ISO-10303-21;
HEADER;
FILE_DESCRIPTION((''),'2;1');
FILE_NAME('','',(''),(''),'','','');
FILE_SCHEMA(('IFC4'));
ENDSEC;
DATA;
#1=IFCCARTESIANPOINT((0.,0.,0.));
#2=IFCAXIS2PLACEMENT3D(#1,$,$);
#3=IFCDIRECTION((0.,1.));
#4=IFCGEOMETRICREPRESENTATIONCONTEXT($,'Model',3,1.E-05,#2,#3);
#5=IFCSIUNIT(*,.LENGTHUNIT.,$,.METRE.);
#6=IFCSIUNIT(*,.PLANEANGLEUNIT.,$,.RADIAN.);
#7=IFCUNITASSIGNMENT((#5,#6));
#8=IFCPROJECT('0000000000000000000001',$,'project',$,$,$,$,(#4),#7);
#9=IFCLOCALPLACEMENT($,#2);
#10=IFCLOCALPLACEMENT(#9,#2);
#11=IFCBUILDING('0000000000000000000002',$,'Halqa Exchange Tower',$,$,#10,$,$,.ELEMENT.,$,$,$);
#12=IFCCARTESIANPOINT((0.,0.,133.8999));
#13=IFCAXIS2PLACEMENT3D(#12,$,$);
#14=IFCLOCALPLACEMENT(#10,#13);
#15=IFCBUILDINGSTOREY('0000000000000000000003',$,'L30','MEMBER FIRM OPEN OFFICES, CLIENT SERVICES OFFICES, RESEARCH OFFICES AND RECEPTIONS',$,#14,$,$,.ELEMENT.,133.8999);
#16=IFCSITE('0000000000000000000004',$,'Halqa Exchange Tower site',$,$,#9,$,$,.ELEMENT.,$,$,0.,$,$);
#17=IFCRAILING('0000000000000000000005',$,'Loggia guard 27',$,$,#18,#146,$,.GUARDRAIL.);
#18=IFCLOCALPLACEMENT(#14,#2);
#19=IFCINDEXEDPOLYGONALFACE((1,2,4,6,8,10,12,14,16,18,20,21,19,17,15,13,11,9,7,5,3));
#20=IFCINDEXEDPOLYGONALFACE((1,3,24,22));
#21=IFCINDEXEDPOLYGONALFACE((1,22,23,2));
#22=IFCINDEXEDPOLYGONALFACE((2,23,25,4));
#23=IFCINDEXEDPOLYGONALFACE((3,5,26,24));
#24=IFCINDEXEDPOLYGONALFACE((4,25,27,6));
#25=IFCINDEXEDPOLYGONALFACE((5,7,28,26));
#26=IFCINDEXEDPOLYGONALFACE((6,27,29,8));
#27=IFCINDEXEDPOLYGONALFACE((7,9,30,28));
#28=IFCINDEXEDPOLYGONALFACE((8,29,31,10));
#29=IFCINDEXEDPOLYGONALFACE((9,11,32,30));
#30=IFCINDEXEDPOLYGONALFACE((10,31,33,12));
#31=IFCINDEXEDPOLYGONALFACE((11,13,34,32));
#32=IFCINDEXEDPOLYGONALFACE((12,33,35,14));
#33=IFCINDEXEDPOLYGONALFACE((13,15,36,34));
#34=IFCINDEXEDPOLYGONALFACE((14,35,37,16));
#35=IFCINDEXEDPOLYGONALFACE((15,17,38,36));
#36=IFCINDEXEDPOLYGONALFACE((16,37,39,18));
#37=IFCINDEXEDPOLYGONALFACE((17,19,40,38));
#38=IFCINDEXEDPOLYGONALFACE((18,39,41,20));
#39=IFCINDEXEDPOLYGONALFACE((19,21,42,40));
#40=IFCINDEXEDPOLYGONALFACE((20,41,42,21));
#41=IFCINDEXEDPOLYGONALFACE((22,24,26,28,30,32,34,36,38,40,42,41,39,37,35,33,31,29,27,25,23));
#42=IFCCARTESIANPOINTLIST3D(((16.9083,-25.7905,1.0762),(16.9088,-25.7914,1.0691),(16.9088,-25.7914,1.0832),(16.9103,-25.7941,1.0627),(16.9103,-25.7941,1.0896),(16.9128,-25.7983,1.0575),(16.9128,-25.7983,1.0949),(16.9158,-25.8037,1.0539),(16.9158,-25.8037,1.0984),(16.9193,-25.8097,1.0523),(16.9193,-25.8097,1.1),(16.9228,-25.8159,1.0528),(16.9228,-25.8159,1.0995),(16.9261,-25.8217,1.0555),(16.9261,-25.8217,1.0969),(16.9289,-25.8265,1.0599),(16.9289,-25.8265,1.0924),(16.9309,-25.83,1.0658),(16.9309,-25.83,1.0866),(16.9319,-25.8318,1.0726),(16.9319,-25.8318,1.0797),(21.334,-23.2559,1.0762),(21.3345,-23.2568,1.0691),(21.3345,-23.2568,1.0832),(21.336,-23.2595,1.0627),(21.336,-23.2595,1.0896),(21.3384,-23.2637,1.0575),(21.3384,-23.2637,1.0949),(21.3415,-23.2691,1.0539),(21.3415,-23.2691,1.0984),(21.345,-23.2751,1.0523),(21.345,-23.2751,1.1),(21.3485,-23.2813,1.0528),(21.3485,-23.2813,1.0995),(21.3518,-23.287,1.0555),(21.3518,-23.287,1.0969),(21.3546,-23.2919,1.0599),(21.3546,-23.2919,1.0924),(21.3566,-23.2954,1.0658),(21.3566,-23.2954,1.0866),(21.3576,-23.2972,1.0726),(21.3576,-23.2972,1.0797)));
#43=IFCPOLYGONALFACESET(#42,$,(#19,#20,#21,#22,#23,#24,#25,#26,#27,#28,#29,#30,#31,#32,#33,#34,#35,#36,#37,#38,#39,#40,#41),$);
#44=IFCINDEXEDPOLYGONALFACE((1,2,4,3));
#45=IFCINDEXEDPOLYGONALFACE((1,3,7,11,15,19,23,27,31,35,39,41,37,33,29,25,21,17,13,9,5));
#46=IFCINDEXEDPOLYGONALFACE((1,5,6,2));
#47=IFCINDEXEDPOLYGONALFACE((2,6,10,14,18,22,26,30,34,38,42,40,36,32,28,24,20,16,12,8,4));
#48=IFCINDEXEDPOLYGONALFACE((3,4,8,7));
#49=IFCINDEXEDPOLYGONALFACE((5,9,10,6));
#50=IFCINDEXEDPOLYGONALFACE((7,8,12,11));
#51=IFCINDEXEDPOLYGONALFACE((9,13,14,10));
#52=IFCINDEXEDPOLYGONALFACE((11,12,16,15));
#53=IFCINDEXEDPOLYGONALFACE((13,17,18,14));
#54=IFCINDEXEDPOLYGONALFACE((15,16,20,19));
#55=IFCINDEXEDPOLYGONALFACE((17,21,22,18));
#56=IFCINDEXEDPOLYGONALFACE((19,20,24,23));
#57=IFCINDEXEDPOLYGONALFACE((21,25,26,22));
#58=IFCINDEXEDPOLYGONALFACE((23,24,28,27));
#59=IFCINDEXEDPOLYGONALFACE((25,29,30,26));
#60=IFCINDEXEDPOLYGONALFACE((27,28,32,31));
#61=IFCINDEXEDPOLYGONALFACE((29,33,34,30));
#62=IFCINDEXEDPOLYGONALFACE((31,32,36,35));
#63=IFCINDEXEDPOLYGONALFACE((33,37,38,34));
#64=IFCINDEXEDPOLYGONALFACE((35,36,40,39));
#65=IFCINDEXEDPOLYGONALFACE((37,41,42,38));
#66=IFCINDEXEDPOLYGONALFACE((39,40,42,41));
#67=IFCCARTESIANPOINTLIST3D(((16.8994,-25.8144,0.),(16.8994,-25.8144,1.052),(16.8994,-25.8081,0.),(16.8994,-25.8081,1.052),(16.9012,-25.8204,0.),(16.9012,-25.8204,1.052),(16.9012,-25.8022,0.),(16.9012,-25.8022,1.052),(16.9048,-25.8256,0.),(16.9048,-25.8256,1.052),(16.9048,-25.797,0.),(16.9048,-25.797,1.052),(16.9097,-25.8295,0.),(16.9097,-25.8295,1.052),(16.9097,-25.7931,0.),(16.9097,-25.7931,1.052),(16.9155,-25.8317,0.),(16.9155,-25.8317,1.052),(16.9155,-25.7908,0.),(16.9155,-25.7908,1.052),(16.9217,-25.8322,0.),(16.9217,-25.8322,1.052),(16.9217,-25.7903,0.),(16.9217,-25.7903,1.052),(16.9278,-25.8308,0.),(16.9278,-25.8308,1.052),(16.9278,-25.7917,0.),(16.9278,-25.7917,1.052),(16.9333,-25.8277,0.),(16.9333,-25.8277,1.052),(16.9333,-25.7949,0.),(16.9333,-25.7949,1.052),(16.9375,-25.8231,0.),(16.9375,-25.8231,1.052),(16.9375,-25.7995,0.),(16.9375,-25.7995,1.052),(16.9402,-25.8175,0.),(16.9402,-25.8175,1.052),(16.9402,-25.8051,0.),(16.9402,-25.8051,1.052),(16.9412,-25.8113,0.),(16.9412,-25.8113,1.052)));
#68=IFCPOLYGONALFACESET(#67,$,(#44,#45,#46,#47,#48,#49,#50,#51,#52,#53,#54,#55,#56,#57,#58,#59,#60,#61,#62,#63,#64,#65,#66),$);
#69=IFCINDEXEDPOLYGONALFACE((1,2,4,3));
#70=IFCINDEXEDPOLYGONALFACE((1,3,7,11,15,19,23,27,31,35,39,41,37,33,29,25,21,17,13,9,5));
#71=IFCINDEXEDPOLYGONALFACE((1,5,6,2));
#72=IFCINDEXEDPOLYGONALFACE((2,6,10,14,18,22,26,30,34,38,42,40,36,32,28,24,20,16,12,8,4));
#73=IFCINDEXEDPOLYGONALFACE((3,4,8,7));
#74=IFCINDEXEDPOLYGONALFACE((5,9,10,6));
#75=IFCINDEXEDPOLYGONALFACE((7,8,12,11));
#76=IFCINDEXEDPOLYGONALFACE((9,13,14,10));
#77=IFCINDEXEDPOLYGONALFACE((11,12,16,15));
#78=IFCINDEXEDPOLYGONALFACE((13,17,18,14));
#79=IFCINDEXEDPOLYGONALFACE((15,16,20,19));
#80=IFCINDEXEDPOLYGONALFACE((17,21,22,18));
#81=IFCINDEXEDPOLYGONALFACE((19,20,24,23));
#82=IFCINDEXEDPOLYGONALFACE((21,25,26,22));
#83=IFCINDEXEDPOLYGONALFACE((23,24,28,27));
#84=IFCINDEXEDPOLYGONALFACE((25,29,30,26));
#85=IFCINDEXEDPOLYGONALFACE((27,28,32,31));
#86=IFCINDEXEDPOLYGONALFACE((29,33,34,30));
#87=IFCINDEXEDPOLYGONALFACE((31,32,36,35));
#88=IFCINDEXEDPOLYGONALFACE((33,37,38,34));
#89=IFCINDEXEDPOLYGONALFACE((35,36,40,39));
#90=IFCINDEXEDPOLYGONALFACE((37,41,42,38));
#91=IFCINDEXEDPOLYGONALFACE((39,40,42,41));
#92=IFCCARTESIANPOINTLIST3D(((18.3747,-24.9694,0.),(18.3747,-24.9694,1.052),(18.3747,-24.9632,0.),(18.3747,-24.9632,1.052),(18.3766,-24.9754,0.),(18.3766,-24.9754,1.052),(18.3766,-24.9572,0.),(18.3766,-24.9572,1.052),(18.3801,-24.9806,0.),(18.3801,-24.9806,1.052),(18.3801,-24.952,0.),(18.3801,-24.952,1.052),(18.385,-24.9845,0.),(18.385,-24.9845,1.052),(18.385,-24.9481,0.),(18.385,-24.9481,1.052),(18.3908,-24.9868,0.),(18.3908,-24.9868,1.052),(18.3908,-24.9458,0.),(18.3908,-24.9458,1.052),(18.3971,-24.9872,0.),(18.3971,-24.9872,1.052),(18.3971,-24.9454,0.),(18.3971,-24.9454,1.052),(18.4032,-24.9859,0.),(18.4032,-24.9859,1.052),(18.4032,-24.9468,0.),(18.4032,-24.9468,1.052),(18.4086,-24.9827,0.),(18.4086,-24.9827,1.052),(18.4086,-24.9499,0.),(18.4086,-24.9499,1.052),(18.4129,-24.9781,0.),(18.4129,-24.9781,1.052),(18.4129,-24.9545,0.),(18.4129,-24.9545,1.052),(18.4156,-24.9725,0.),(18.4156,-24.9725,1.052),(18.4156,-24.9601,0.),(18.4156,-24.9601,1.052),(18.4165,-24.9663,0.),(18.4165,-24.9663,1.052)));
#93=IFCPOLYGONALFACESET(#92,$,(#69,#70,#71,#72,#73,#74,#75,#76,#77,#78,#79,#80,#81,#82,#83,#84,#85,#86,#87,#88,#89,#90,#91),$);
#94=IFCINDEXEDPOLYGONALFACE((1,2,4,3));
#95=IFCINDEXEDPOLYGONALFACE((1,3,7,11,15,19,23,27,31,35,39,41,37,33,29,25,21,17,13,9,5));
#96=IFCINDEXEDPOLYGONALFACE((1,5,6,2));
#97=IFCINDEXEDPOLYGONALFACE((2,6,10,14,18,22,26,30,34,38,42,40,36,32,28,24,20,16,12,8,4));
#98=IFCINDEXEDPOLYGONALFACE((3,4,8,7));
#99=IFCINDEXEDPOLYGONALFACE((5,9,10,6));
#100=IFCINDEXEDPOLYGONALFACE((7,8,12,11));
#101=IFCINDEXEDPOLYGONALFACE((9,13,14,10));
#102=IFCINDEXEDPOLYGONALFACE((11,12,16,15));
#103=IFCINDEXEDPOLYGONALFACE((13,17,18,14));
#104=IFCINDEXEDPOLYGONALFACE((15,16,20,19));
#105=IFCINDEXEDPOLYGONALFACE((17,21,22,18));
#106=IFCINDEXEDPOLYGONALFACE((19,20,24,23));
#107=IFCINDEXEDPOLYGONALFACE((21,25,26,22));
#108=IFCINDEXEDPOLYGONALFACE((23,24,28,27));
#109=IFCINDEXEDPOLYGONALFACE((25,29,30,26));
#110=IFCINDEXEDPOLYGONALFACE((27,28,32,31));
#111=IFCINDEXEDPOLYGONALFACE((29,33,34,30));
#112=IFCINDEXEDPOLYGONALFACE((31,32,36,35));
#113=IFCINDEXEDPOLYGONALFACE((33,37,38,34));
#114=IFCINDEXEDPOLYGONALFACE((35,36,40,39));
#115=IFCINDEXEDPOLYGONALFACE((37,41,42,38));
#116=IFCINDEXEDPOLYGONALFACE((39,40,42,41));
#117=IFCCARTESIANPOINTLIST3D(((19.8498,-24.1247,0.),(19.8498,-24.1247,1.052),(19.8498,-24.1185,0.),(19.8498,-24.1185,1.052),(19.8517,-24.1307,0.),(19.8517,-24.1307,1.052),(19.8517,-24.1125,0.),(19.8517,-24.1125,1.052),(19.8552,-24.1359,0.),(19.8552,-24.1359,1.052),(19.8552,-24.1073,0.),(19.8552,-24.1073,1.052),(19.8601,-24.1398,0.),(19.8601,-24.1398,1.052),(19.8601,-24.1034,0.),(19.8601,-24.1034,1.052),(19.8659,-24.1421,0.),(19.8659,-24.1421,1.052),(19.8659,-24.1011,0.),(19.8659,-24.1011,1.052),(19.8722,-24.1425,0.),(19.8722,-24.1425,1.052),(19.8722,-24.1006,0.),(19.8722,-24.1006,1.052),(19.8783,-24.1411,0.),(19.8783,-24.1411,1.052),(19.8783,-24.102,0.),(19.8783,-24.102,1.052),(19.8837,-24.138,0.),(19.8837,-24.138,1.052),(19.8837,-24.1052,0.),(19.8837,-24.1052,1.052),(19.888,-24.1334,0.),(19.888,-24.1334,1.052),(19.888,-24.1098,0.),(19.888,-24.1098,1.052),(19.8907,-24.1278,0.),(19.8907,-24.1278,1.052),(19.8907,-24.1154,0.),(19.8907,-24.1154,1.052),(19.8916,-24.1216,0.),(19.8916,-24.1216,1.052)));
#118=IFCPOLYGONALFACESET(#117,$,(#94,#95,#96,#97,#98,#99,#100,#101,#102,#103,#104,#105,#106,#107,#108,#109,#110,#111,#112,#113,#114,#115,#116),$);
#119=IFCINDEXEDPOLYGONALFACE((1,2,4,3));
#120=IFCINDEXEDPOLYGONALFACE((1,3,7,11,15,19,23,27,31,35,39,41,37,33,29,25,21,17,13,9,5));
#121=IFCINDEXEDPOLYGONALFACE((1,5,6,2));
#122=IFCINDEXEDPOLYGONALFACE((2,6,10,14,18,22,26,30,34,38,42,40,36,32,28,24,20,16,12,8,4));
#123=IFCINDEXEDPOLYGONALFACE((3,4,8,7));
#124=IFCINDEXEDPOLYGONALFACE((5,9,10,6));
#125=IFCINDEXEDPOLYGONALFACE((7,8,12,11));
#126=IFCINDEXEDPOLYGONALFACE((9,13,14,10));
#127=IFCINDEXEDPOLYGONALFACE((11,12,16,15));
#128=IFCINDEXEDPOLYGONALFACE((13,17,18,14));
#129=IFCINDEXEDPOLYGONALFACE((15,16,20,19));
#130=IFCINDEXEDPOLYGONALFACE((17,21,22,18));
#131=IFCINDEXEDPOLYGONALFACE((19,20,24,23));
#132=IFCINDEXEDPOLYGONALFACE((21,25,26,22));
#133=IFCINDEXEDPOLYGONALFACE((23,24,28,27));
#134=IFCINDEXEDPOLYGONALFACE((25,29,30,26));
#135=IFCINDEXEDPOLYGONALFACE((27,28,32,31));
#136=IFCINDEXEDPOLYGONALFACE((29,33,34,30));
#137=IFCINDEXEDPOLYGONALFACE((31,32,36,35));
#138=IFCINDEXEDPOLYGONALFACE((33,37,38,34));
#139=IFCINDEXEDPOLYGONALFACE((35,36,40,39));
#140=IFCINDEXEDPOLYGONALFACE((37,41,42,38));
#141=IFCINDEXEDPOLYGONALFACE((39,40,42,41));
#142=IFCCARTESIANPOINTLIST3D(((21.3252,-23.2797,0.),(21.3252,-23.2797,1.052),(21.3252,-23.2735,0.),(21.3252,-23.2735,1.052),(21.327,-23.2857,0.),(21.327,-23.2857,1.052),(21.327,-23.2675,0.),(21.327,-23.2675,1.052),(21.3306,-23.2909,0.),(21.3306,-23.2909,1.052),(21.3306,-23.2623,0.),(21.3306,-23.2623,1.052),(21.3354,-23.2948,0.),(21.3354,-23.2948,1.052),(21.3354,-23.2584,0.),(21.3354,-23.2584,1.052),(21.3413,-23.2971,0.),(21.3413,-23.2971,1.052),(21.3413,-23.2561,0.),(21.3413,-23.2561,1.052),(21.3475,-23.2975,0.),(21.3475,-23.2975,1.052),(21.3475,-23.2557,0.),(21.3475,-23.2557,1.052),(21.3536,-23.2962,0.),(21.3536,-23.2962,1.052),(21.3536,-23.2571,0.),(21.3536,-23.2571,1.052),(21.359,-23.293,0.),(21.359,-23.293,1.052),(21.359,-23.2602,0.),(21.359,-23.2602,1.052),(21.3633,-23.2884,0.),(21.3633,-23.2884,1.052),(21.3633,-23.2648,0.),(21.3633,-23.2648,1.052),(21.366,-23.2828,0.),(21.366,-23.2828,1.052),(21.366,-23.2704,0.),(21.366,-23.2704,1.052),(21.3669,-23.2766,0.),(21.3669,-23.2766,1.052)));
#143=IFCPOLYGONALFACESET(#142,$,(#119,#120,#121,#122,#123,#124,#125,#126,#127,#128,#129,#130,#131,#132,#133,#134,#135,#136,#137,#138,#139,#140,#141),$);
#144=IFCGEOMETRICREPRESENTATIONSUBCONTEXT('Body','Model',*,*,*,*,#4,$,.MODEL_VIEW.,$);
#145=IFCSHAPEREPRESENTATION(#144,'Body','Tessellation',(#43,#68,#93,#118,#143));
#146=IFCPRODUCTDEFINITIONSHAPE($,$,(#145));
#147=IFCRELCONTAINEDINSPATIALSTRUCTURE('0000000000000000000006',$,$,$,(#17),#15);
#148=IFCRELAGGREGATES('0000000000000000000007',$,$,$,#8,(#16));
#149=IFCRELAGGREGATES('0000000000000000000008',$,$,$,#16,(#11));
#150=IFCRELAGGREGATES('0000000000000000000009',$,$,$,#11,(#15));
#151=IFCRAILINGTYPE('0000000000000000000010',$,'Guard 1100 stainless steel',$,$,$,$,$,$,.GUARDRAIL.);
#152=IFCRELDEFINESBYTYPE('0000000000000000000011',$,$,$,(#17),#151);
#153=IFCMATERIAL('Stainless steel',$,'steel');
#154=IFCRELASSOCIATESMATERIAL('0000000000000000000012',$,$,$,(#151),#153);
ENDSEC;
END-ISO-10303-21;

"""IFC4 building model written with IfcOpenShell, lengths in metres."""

from ifc_helpers import new_model, si_unit, direction, frame, origin, origin_2d, place, context, subcontext, project, spatial, circle, extrude, material, type_object, element, save


model = new_model("IFC4")

# Units and contexts
model_context = context("Model", 3, precision=1e-05, world=origin(), true_north=direction((0.0, 1.0)))
body_context = subcontext(model_context, "Body", "Model", "MODEL_VIEW")
ifc_project = project(units=[si_unit("LENGTHUNIT", "METRE"), si_unit("PLANEANGLEUNIT", "RADIAN")], contexts=[model_context])

# Site, building, storey
site_placement = place(None, origin())
site = spatial("IfcSite", under=ifc_project, at=site_placement, Name="Halqa Exchange Tower site", CompositionType="ELEMENT", RefElevation=0.0)
building_placement = place(site_placement, origin())
building = spatial("IfcBuilding", under=site, at=building_placement, Name="Halqa Exchange Tower", CompositionType="ELEMENT")
storey_placement = place(building_placement, frame((0.0, 0.0, 133.8999)))
storey = spatial("IfcBuildingStorey", under=building, at=storey_placement, Name="L30", Description="MEMBER FIRM OPEN OFFICES, CLIENT SERVICES OFFICES, RESEARCH OFFICES AND RECEPTIONS", CompositionType="ELEMENT", Elevation=133.8999)

# Railing
ifc_material_1 = material(Name="Stainless steel", Category="steel")
railing_type = type_object("IfcRailingType", Name="Guard 1100 stainless steel", PredefinedType="GUARDRAIL", material=ifc_material_1)
railing_1_placement = place(storey_placement, frame((16.9202, -25.8113, 0.0)))
element("IfcRailing", 1, at=railing_1_placement, inside=storey, type_object=railing_type, Name="Loggia guard 27", PredefinedType="GUARDRAIL", context=body_context, shape_type="SweptSolid", body=[
    extrude(circle(Radius=0.0239, at=origin_2d()), frame((0.0, 0.0, 1.0762), z_axis=(0.867766, 0.496974, 0.0), x_axis=(-0.496974, 0.867766, 0.0)), (0.0, 0.0, 1.0), 5.1001),
    extrude(circle(Radius=0.021, at=origin_2d()), origin(), (0.0, 0.0, 1.0), 1.052),
    extrude(circle(Radius=0.021, at=origin_2d()), frame((1.4753, 0.845, 0.0)), (0.0, 0.0, 1.0), 1.052),
    extrude(circle(Radius=0.021, at=origin_2d()), frame((2.9504, 1.6897, 0.0)), (0.0, 0.0, 1.0), 1.052),
    extrude(circle(Radius=0.021, at=origin_2d()), frame((4.4258, 2.5347, 0.0)), (0.0, 0.0, 1.0), 1.052),
])

save(model, "model.ifc")
